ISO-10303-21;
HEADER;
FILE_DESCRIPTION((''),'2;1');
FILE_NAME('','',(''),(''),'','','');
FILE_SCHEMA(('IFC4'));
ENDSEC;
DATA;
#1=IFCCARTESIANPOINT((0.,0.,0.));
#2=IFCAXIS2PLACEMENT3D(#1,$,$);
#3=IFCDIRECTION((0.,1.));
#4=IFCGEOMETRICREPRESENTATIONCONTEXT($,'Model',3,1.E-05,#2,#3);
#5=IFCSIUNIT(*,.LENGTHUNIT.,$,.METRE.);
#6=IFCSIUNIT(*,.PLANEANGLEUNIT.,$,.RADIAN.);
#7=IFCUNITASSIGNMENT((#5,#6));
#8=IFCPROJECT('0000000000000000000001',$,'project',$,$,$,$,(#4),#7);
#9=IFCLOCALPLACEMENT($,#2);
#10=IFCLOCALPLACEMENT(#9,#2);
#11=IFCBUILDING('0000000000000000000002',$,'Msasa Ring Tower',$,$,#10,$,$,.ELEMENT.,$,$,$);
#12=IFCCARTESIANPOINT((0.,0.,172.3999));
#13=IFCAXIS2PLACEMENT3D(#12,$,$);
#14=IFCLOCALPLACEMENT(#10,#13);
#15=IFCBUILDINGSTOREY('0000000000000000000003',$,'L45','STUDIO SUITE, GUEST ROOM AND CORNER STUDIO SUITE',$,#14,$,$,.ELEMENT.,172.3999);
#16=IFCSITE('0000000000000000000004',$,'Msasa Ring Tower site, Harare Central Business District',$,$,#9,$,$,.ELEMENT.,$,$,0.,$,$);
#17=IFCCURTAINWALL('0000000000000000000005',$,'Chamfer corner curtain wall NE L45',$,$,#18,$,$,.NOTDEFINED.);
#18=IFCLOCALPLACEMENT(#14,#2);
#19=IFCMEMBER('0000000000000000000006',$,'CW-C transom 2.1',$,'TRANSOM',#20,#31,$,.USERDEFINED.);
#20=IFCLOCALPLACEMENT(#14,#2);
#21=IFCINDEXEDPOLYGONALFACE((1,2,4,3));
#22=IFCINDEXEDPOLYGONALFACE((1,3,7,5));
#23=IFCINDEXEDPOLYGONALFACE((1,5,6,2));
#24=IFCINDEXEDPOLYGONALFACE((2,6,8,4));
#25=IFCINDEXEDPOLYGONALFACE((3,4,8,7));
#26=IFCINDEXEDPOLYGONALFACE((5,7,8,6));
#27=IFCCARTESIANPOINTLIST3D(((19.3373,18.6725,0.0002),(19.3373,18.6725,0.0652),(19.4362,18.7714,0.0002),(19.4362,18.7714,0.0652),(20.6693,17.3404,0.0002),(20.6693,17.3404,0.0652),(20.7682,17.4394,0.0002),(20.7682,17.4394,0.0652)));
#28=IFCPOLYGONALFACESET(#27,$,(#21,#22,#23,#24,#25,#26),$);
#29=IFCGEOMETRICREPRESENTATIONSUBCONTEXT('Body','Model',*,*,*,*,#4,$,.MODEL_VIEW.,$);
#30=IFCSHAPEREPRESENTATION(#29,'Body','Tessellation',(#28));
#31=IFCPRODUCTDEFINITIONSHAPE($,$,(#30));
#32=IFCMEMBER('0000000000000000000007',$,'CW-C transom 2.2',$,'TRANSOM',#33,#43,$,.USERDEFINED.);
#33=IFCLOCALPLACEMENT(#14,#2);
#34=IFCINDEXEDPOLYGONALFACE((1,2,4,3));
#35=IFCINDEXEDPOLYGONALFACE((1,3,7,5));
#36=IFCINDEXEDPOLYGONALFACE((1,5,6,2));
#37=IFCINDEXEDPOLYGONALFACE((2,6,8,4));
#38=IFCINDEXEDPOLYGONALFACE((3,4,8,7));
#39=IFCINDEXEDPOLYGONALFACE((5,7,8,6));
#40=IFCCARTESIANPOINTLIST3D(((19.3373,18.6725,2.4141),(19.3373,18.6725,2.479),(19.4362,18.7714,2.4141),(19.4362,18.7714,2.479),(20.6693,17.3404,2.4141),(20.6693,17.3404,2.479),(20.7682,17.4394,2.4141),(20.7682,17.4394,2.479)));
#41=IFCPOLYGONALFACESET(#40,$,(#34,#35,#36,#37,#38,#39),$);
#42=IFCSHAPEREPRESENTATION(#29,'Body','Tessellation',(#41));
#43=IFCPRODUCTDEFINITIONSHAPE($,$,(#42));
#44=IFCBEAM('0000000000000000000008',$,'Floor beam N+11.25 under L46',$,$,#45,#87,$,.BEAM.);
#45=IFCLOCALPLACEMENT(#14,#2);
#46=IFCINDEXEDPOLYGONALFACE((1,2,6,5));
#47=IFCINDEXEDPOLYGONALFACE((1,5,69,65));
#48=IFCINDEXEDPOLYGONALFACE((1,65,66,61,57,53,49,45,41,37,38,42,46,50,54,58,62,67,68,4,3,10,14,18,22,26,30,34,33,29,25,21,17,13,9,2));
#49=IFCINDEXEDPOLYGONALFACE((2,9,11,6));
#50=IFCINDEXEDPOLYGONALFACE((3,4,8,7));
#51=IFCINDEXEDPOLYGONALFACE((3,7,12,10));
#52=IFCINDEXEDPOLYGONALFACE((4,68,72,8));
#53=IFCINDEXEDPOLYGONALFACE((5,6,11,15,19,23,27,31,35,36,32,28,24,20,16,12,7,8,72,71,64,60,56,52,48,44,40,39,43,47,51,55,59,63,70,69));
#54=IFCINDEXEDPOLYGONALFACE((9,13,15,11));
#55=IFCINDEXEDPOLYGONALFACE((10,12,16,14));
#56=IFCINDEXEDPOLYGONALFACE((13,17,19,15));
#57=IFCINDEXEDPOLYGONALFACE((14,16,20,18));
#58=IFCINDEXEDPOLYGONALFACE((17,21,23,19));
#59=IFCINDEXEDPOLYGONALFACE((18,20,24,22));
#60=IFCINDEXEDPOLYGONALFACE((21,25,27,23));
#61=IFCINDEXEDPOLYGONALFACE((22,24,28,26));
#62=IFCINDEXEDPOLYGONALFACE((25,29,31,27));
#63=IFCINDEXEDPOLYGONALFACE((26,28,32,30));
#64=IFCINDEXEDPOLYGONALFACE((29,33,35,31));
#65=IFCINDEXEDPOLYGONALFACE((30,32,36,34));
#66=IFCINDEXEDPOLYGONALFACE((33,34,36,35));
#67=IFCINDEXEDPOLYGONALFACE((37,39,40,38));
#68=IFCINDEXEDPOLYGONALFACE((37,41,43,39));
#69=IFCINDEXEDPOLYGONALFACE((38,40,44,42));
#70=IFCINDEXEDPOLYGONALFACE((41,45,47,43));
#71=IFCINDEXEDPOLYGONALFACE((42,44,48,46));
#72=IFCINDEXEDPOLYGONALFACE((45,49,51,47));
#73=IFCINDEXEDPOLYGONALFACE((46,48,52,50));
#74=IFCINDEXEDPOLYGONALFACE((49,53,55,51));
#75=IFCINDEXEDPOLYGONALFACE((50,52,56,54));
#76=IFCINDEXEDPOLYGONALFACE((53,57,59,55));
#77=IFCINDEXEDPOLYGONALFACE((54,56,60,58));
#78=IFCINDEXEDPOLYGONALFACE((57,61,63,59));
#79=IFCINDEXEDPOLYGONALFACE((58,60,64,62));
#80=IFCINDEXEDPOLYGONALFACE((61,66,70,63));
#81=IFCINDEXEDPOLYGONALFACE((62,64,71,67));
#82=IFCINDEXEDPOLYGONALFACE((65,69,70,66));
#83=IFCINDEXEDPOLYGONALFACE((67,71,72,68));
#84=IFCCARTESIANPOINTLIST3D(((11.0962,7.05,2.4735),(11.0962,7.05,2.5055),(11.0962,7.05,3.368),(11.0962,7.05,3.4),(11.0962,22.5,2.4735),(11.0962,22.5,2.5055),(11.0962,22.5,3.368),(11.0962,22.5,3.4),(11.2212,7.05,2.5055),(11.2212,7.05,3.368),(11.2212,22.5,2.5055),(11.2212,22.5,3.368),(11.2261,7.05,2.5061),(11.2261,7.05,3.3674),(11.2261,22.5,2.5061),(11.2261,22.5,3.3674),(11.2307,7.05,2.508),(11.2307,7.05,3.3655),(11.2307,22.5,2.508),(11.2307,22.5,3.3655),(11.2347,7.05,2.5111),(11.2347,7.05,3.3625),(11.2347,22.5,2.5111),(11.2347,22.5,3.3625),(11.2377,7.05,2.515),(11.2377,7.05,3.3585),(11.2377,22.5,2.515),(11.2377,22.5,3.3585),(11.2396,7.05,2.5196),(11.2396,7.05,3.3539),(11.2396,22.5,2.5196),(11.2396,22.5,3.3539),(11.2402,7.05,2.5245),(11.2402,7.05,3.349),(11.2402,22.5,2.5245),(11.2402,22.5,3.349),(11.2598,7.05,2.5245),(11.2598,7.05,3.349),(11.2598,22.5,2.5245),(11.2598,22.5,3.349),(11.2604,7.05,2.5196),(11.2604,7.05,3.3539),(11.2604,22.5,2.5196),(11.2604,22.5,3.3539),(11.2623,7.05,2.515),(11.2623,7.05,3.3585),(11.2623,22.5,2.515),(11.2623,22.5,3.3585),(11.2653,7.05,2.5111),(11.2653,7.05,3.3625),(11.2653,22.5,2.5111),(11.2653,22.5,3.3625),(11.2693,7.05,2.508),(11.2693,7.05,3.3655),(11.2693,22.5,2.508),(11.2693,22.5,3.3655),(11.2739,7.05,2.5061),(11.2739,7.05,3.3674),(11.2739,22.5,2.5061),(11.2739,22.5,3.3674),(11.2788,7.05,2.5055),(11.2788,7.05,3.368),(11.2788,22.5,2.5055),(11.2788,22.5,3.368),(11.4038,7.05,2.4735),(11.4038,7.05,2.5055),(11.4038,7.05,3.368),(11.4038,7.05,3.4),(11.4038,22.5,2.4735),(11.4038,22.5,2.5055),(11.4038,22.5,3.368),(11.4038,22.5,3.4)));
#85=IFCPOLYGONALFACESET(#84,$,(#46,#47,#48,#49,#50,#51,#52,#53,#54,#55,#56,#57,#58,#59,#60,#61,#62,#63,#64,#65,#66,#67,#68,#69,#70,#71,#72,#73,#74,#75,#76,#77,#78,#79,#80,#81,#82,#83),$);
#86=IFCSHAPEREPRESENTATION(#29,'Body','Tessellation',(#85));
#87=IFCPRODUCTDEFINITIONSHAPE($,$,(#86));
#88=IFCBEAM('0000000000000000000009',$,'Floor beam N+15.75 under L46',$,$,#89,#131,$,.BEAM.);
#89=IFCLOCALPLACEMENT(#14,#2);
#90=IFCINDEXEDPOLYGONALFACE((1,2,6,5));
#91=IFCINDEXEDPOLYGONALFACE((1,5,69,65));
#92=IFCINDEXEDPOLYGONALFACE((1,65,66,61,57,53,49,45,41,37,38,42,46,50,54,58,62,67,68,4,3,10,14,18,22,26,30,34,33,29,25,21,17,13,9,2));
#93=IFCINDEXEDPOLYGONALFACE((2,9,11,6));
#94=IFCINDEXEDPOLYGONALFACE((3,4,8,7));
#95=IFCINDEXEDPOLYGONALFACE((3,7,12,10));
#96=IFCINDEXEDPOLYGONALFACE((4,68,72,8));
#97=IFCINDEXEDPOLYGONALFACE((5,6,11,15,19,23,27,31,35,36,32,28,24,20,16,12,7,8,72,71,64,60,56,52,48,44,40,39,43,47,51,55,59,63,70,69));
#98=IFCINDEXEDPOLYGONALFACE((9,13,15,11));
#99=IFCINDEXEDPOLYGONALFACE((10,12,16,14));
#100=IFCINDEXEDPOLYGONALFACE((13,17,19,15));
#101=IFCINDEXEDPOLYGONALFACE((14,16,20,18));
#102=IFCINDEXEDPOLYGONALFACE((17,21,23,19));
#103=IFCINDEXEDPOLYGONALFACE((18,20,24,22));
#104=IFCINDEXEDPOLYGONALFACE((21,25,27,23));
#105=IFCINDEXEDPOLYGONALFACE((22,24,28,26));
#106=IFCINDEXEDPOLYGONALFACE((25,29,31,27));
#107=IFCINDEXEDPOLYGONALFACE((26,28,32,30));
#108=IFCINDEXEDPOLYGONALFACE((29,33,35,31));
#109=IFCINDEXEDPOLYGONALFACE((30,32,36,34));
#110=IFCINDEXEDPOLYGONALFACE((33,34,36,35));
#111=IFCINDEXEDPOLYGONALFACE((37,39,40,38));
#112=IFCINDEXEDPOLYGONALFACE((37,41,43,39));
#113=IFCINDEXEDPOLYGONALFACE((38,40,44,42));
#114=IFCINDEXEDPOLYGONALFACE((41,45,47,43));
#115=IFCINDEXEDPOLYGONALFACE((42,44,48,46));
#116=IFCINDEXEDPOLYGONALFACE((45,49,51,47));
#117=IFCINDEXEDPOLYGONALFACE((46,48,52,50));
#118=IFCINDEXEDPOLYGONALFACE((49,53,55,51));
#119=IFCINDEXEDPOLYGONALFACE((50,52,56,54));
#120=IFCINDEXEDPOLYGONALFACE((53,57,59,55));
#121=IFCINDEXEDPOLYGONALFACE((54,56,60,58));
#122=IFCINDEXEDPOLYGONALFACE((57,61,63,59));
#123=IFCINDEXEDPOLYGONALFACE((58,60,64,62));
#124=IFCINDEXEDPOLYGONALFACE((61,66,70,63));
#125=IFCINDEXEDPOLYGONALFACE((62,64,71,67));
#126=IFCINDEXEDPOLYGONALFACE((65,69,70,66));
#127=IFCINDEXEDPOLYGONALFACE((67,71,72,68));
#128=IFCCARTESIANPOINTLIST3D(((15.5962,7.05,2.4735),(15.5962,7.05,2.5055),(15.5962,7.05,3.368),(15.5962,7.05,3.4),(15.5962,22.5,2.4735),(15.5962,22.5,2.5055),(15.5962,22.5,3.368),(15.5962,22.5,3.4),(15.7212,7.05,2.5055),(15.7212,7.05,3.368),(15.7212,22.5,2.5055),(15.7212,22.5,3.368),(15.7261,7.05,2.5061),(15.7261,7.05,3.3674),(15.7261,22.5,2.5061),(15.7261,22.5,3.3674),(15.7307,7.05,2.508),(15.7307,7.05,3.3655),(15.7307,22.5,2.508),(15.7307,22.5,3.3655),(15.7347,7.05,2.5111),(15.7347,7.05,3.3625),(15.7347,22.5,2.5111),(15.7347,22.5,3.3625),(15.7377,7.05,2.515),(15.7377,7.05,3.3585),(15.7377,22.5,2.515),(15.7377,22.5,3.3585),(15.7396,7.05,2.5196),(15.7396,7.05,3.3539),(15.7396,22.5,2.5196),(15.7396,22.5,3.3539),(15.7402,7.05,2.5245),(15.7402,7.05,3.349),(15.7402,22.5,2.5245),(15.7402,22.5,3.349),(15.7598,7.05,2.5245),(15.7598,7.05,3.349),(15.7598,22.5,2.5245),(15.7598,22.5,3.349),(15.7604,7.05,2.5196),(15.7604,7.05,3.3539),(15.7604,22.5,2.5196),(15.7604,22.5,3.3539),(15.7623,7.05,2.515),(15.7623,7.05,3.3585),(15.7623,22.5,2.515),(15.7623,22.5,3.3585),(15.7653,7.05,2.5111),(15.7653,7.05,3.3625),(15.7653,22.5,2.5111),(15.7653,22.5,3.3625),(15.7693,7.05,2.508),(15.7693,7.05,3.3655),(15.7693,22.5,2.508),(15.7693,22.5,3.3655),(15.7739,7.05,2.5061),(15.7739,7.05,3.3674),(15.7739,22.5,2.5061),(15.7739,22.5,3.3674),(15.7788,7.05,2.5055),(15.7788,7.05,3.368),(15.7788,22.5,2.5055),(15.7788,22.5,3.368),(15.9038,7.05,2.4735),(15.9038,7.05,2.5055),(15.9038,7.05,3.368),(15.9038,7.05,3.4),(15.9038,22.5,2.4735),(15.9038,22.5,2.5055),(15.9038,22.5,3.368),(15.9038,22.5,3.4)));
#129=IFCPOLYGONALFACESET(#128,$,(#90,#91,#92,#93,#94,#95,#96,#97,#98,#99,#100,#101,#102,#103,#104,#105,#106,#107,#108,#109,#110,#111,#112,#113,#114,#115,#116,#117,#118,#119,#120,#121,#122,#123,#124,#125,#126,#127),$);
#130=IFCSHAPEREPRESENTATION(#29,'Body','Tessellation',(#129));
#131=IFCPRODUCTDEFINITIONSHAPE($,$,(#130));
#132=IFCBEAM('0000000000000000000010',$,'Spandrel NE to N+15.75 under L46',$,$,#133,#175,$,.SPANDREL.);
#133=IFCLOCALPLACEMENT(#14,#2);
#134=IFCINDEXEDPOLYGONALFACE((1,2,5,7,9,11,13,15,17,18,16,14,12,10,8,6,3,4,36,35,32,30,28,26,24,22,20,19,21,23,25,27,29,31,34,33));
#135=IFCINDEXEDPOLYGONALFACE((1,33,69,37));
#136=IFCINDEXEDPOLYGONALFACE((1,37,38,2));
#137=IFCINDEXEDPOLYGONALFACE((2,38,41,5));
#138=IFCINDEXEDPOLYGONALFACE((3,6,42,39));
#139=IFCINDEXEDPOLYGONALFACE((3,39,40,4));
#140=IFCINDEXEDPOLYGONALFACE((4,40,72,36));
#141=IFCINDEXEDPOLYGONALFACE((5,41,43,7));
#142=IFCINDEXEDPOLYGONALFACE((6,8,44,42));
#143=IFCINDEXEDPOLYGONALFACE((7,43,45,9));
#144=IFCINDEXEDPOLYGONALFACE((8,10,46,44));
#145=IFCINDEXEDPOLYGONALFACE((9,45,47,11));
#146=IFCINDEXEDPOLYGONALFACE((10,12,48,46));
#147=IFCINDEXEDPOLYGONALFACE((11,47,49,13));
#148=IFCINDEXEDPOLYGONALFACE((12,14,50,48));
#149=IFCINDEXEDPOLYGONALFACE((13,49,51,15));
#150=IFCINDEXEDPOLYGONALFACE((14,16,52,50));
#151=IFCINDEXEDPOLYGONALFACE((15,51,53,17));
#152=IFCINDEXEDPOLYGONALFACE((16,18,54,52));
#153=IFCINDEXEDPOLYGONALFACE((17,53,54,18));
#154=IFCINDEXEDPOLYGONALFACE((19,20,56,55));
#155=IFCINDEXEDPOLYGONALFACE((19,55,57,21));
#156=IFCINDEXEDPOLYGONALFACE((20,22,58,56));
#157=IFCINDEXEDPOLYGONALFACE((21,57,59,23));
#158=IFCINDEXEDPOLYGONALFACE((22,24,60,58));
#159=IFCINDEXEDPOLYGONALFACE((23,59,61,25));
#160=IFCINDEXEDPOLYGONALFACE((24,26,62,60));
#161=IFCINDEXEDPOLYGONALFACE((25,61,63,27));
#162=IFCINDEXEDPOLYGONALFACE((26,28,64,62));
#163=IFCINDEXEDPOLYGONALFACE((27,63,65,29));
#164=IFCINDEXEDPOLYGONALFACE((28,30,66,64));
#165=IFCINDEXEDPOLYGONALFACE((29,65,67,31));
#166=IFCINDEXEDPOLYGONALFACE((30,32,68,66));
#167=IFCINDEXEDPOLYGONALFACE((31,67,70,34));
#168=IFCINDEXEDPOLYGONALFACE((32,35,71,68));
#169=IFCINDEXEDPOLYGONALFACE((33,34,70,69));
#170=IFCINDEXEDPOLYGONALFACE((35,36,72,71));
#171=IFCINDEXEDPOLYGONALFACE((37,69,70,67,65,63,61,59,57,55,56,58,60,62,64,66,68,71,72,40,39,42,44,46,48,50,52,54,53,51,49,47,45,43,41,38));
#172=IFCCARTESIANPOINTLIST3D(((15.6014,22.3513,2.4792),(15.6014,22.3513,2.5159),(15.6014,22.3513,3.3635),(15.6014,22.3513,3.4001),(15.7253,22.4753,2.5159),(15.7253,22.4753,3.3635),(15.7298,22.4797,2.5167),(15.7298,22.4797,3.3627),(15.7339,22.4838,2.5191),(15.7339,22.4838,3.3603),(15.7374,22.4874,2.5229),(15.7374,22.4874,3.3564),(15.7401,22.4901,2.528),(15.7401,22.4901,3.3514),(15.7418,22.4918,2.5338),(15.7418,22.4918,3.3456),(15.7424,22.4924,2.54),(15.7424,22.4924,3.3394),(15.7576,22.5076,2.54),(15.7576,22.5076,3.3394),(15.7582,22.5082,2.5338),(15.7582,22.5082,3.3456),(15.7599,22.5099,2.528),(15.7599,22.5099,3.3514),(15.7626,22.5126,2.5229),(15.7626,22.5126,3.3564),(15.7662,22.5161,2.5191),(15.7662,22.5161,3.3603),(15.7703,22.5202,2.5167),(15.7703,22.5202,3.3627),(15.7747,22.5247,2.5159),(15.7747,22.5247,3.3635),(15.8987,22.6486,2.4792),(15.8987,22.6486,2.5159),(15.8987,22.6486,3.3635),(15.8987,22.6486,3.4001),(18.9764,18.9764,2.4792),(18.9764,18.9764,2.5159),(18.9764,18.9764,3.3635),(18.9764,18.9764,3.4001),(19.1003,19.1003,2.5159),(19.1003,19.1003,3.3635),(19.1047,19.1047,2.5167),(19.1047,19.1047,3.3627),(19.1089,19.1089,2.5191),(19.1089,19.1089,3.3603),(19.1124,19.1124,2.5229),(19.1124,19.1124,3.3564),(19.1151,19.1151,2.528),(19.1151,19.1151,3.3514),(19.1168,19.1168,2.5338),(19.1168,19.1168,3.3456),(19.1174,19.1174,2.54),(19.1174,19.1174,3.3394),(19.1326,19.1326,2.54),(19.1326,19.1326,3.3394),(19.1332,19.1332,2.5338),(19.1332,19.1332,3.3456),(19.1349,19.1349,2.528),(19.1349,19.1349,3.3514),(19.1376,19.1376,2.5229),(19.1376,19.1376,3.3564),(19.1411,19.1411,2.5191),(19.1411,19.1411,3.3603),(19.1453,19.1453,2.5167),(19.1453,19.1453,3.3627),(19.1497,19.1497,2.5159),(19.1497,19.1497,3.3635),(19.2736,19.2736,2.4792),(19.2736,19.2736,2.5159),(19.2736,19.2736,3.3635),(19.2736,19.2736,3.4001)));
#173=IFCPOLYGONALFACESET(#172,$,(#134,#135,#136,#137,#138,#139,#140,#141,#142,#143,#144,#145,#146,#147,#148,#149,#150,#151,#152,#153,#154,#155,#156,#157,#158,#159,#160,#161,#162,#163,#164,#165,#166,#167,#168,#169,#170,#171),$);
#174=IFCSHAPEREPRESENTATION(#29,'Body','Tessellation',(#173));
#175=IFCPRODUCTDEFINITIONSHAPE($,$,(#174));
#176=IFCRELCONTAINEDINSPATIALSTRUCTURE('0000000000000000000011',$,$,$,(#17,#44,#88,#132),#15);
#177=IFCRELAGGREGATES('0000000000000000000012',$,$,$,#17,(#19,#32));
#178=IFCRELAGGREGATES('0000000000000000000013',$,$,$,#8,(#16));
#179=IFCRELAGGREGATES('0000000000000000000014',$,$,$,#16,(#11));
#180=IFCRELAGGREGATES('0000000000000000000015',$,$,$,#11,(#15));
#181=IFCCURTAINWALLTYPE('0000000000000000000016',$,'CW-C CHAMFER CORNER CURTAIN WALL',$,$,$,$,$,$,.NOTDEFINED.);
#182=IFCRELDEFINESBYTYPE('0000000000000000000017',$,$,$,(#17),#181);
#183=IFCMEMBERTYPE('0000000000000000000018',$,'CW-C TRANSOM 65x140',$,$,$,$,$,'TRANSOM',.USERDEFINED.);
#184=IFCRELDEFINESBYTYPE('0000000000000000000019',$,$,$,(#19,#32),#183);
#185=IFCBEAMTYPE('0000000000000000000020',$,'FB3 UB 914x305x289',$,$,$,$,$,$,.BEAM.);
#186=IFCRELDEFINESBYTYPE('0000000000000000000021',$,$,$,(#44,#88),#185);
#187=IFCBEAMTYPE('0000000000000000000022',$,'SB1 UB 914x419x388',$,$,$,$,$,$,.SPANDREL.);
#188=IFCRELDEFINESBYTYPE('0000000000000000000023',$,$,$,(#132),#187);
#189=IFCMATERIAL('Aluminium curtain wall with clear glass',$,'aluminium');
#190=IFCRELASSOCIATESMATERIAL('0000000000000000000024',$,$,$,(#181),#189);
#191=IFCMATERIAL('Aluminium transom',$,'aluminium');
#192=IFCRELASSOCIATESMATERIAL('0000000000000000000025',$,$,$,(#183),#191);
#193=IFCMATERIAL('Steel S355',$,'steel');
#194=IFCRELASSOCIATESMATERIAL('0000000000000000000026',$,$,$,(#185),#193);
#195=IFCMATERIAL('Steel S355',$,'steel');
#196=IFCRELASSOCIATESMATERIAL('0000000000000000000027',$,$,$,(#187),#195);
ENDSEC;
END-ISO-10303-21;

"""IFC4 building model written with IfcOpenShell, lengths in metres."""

from ifc_helpers import new_model, si_unit, direction, frame, origin, origin_2d, place, context, subcontext, project, spatial, rectangle, i_section, extrude, material, material_profile, profile_set, type_object, element, aggregate, save


model = new_model("IFC4")

# Units and contexts
model_context = context("Model", 3, precision=1e-05, world=origin(), true_north=direction((0.0, 1.0)))
body_context = subcontext(model_context, "Body", "Model", "MODEL_VIEW")
ifc_project = project(units=[si_unit("LENGTHUNIT", "METRE"), si_unit("PLANEANGLEUNIT", "RADIAN")], contexts=[model_context])

# Site, building, storey
site_placement = place(None, origin())
site = spatial("IfcSite", under=ifc_project, at=site_placement, Name="Msasa Ring Tower site, Harare Central Business District", CompositionType="ELEMENT", RefElevation=0.0)
building_placement = place(site_placement, origin())
building = spatial("IfcBuilding", under=site, at=building_placement, Name="Msasa Ring Tower", CompositionType="ELEMENT")
storey_placement = place(building_placement, frame((0.0, 0.0, 172.3999)))
storey = spatial("IfcBuildingStorey", under=building, at=storey_placement, Name="L45", Description="STUDIO SUITE, GUEST ROOM AND CORNER STUDIO SUITE", CompositionType="ELEMENT", Elevation=172.3999)

# Curtain wall
ifc_material_1 = material(Name="Aluminium curtain wall with clear glass", Category="aluminium")
curtain_wall_type = type_object("IfcCurtainWallType", Name="CW-C CHAMFER CORNER CURTAIN WALL", PredefinedType="NOTDEFINED", material=ifc_material_1)
curtain_wall_1_placement = place(storey_placement, origin())
curtain_wall_1 = element("IfcCurtainWall", 1, at=curtain_wall_1_placement, inside=storey, type_object=curtain_wall_type, Name="Chamfer corner curtain wall NE L45", PredefinedType="NOTDEFINED")

# Members
ifc_material_2 = material(Name="Aluminium transom", Category="aluminium")
ifc_material_profile_1 = material_profile(ifc_material_2, rectangle(XDim=0.1399, YDim=0.0649, at=origin_2d()), Name="AL 65x140")
ifc_profile_set_1 = profile_set([ifc_material_profile_1], Name="Aluminium transom")
member_type_1 = type_object("IfcMemberType", Name="CW-C TRANSOM 65x140", ElementType="TRANSOM", PredefinedType="USERDEFINED", material=ifc_profile_set_1)
member_1_placement = place(storey_placement, frame((20.7188, 17.3899, 0.0327), z_axis=(-0.707107, 0.707107, 0.0), x_axis=(-0.707107, -0.707107, 0.0)))
member_1 = element("IfcMember", 2, at=member_1_placement, type_object=member_type_1, Name="CW-C transom 2.1", ObjectType="TRANSOM", PredefinedType="USERDEFINED", context=body_context, shape_type="SweptSolid", body=[
    extrude(rectangle(XDim=0.1399, YDim=0.0649, at=origin_2d()), origin(), (0.0, 0.0, 1.0), 1.8838),
])
member_2_placement = place(storey_placement, frame((20.7188, 17.3899, 2.4465), z_axis=(-0.707107, 0.707107, 0.0), x_axis=(-0.707107, -0.707107, 0.0)))
member_2 = element("IfcMember", 3, at=member_2_placement, type_object=member_type_1, Name="CW-C transom 2.2", ObjectType="TRANSOM", PredefinedType="USERDEFINED", context=body_context, shape_type="SweptSolid", body=[
    extrude(rectangle(XDim=0.1399, YDim=0.0649, at=origin_2d()), origin(), (0.0, 0.0, 1.0), 1.8838),
])

# Beams
ifc_material_3 = material(Name="Steel S355", Category="steel")
ifc_material_profile_2 = material_profile(ifc_material_3, i_section(OverallWidth=0.3076, OverallDepth=0.9265, WebThickness=0.0195, FlangeThickness=0.032, FilletRadius=0.019, at=origin_2d()), Name="UB 914x305x289")
ifc_profile_set_2 = profile_set([ifc_material_profile_2], Name="Steel S355")
beam_type_1 = type_object("IfcBeamType", Name="FB3 UB 914x305x289", PredefinedType="BEAM", material=ifc_profile_set_2)
for number, where, z_axis, x_axis, name in (
    (4, (11.25, 22.5, 2.9368), (0.0, -1.0, 0.0), (1.0, 0.0, 0.0), "Floor beam N+11.25 under L46"),
    (5, (15.75, 22.5, 2.9368), (0.0, -1.0, 0.0), (1.0, 0.0, 0.0), "Floor beam N+15.75 under L46"),
):
    element("IfcBeam", number, at=place(storey_placement, frame(where, z_axis=z_axis, x_axis=x_axis)), inside=storey, type_object=beam_type_1, Name=name, PredefinedType="BEAM", context=body_context, shape_type="SweptSolid", body=[
        extrude(i_section(OverallWidth=0.3076, OverallDepth=0.9265, WebThickness=0.0195, FlangeThickness=0.032, FilletRadius=0.019, at=origin_2d()), origin(), (0.0, 0.0, 1.0), 15.45),
    ])
ifc_material_4 = material(Name="Steel S355", Category="steel")
ifc_material_profile_3 = material_profile(ifc_material_4, i_section(OverallWidth=0.4204, OverallDepth=0.9209, WebThickness=0.0215, FlangeThickness=0.0366, FilletRadius=0.0242, at=origin_2d()), Name="UB 914x419x388")
ifc_profile_set_3 = profile_set([ifc_material_profile_3], Name="Steel S355")
beam_type_2 = type_object("IfcBeamType", Name="SB1 UB 914x419x388", PredefinedType="SPANDREL", material=ifc_profile_set_3)
beam_placement = place(storey_placement, frame((19.125, 19.125, 2.9397), z_axis=(-0.707107, 0.707107, 0.0), x_axis=(-0.707107, -0.707107, 0.0)))
element("IfcBeam", 6, at=beam_placement, inside=storey, type_object=beam_type_2, Name="Spandrel NE to N+15.75 under L46", PredefinedType="SPANDREL", context=body_context, shape_type="SweptSolid", body=[
    extrude(i_section(OverallWidth=0.4204, OverallDepth=0.9209, WebThickness=0.0215, FlangeThickness=0.0366, FilletRadius=0.0242, at=origin_2d()), origin(), (0.0, 0.0, 1.0), 4.7729),
])

aggregate(curtain_wall_1, [member_1, member_2])

save(model, "model.ifc")
